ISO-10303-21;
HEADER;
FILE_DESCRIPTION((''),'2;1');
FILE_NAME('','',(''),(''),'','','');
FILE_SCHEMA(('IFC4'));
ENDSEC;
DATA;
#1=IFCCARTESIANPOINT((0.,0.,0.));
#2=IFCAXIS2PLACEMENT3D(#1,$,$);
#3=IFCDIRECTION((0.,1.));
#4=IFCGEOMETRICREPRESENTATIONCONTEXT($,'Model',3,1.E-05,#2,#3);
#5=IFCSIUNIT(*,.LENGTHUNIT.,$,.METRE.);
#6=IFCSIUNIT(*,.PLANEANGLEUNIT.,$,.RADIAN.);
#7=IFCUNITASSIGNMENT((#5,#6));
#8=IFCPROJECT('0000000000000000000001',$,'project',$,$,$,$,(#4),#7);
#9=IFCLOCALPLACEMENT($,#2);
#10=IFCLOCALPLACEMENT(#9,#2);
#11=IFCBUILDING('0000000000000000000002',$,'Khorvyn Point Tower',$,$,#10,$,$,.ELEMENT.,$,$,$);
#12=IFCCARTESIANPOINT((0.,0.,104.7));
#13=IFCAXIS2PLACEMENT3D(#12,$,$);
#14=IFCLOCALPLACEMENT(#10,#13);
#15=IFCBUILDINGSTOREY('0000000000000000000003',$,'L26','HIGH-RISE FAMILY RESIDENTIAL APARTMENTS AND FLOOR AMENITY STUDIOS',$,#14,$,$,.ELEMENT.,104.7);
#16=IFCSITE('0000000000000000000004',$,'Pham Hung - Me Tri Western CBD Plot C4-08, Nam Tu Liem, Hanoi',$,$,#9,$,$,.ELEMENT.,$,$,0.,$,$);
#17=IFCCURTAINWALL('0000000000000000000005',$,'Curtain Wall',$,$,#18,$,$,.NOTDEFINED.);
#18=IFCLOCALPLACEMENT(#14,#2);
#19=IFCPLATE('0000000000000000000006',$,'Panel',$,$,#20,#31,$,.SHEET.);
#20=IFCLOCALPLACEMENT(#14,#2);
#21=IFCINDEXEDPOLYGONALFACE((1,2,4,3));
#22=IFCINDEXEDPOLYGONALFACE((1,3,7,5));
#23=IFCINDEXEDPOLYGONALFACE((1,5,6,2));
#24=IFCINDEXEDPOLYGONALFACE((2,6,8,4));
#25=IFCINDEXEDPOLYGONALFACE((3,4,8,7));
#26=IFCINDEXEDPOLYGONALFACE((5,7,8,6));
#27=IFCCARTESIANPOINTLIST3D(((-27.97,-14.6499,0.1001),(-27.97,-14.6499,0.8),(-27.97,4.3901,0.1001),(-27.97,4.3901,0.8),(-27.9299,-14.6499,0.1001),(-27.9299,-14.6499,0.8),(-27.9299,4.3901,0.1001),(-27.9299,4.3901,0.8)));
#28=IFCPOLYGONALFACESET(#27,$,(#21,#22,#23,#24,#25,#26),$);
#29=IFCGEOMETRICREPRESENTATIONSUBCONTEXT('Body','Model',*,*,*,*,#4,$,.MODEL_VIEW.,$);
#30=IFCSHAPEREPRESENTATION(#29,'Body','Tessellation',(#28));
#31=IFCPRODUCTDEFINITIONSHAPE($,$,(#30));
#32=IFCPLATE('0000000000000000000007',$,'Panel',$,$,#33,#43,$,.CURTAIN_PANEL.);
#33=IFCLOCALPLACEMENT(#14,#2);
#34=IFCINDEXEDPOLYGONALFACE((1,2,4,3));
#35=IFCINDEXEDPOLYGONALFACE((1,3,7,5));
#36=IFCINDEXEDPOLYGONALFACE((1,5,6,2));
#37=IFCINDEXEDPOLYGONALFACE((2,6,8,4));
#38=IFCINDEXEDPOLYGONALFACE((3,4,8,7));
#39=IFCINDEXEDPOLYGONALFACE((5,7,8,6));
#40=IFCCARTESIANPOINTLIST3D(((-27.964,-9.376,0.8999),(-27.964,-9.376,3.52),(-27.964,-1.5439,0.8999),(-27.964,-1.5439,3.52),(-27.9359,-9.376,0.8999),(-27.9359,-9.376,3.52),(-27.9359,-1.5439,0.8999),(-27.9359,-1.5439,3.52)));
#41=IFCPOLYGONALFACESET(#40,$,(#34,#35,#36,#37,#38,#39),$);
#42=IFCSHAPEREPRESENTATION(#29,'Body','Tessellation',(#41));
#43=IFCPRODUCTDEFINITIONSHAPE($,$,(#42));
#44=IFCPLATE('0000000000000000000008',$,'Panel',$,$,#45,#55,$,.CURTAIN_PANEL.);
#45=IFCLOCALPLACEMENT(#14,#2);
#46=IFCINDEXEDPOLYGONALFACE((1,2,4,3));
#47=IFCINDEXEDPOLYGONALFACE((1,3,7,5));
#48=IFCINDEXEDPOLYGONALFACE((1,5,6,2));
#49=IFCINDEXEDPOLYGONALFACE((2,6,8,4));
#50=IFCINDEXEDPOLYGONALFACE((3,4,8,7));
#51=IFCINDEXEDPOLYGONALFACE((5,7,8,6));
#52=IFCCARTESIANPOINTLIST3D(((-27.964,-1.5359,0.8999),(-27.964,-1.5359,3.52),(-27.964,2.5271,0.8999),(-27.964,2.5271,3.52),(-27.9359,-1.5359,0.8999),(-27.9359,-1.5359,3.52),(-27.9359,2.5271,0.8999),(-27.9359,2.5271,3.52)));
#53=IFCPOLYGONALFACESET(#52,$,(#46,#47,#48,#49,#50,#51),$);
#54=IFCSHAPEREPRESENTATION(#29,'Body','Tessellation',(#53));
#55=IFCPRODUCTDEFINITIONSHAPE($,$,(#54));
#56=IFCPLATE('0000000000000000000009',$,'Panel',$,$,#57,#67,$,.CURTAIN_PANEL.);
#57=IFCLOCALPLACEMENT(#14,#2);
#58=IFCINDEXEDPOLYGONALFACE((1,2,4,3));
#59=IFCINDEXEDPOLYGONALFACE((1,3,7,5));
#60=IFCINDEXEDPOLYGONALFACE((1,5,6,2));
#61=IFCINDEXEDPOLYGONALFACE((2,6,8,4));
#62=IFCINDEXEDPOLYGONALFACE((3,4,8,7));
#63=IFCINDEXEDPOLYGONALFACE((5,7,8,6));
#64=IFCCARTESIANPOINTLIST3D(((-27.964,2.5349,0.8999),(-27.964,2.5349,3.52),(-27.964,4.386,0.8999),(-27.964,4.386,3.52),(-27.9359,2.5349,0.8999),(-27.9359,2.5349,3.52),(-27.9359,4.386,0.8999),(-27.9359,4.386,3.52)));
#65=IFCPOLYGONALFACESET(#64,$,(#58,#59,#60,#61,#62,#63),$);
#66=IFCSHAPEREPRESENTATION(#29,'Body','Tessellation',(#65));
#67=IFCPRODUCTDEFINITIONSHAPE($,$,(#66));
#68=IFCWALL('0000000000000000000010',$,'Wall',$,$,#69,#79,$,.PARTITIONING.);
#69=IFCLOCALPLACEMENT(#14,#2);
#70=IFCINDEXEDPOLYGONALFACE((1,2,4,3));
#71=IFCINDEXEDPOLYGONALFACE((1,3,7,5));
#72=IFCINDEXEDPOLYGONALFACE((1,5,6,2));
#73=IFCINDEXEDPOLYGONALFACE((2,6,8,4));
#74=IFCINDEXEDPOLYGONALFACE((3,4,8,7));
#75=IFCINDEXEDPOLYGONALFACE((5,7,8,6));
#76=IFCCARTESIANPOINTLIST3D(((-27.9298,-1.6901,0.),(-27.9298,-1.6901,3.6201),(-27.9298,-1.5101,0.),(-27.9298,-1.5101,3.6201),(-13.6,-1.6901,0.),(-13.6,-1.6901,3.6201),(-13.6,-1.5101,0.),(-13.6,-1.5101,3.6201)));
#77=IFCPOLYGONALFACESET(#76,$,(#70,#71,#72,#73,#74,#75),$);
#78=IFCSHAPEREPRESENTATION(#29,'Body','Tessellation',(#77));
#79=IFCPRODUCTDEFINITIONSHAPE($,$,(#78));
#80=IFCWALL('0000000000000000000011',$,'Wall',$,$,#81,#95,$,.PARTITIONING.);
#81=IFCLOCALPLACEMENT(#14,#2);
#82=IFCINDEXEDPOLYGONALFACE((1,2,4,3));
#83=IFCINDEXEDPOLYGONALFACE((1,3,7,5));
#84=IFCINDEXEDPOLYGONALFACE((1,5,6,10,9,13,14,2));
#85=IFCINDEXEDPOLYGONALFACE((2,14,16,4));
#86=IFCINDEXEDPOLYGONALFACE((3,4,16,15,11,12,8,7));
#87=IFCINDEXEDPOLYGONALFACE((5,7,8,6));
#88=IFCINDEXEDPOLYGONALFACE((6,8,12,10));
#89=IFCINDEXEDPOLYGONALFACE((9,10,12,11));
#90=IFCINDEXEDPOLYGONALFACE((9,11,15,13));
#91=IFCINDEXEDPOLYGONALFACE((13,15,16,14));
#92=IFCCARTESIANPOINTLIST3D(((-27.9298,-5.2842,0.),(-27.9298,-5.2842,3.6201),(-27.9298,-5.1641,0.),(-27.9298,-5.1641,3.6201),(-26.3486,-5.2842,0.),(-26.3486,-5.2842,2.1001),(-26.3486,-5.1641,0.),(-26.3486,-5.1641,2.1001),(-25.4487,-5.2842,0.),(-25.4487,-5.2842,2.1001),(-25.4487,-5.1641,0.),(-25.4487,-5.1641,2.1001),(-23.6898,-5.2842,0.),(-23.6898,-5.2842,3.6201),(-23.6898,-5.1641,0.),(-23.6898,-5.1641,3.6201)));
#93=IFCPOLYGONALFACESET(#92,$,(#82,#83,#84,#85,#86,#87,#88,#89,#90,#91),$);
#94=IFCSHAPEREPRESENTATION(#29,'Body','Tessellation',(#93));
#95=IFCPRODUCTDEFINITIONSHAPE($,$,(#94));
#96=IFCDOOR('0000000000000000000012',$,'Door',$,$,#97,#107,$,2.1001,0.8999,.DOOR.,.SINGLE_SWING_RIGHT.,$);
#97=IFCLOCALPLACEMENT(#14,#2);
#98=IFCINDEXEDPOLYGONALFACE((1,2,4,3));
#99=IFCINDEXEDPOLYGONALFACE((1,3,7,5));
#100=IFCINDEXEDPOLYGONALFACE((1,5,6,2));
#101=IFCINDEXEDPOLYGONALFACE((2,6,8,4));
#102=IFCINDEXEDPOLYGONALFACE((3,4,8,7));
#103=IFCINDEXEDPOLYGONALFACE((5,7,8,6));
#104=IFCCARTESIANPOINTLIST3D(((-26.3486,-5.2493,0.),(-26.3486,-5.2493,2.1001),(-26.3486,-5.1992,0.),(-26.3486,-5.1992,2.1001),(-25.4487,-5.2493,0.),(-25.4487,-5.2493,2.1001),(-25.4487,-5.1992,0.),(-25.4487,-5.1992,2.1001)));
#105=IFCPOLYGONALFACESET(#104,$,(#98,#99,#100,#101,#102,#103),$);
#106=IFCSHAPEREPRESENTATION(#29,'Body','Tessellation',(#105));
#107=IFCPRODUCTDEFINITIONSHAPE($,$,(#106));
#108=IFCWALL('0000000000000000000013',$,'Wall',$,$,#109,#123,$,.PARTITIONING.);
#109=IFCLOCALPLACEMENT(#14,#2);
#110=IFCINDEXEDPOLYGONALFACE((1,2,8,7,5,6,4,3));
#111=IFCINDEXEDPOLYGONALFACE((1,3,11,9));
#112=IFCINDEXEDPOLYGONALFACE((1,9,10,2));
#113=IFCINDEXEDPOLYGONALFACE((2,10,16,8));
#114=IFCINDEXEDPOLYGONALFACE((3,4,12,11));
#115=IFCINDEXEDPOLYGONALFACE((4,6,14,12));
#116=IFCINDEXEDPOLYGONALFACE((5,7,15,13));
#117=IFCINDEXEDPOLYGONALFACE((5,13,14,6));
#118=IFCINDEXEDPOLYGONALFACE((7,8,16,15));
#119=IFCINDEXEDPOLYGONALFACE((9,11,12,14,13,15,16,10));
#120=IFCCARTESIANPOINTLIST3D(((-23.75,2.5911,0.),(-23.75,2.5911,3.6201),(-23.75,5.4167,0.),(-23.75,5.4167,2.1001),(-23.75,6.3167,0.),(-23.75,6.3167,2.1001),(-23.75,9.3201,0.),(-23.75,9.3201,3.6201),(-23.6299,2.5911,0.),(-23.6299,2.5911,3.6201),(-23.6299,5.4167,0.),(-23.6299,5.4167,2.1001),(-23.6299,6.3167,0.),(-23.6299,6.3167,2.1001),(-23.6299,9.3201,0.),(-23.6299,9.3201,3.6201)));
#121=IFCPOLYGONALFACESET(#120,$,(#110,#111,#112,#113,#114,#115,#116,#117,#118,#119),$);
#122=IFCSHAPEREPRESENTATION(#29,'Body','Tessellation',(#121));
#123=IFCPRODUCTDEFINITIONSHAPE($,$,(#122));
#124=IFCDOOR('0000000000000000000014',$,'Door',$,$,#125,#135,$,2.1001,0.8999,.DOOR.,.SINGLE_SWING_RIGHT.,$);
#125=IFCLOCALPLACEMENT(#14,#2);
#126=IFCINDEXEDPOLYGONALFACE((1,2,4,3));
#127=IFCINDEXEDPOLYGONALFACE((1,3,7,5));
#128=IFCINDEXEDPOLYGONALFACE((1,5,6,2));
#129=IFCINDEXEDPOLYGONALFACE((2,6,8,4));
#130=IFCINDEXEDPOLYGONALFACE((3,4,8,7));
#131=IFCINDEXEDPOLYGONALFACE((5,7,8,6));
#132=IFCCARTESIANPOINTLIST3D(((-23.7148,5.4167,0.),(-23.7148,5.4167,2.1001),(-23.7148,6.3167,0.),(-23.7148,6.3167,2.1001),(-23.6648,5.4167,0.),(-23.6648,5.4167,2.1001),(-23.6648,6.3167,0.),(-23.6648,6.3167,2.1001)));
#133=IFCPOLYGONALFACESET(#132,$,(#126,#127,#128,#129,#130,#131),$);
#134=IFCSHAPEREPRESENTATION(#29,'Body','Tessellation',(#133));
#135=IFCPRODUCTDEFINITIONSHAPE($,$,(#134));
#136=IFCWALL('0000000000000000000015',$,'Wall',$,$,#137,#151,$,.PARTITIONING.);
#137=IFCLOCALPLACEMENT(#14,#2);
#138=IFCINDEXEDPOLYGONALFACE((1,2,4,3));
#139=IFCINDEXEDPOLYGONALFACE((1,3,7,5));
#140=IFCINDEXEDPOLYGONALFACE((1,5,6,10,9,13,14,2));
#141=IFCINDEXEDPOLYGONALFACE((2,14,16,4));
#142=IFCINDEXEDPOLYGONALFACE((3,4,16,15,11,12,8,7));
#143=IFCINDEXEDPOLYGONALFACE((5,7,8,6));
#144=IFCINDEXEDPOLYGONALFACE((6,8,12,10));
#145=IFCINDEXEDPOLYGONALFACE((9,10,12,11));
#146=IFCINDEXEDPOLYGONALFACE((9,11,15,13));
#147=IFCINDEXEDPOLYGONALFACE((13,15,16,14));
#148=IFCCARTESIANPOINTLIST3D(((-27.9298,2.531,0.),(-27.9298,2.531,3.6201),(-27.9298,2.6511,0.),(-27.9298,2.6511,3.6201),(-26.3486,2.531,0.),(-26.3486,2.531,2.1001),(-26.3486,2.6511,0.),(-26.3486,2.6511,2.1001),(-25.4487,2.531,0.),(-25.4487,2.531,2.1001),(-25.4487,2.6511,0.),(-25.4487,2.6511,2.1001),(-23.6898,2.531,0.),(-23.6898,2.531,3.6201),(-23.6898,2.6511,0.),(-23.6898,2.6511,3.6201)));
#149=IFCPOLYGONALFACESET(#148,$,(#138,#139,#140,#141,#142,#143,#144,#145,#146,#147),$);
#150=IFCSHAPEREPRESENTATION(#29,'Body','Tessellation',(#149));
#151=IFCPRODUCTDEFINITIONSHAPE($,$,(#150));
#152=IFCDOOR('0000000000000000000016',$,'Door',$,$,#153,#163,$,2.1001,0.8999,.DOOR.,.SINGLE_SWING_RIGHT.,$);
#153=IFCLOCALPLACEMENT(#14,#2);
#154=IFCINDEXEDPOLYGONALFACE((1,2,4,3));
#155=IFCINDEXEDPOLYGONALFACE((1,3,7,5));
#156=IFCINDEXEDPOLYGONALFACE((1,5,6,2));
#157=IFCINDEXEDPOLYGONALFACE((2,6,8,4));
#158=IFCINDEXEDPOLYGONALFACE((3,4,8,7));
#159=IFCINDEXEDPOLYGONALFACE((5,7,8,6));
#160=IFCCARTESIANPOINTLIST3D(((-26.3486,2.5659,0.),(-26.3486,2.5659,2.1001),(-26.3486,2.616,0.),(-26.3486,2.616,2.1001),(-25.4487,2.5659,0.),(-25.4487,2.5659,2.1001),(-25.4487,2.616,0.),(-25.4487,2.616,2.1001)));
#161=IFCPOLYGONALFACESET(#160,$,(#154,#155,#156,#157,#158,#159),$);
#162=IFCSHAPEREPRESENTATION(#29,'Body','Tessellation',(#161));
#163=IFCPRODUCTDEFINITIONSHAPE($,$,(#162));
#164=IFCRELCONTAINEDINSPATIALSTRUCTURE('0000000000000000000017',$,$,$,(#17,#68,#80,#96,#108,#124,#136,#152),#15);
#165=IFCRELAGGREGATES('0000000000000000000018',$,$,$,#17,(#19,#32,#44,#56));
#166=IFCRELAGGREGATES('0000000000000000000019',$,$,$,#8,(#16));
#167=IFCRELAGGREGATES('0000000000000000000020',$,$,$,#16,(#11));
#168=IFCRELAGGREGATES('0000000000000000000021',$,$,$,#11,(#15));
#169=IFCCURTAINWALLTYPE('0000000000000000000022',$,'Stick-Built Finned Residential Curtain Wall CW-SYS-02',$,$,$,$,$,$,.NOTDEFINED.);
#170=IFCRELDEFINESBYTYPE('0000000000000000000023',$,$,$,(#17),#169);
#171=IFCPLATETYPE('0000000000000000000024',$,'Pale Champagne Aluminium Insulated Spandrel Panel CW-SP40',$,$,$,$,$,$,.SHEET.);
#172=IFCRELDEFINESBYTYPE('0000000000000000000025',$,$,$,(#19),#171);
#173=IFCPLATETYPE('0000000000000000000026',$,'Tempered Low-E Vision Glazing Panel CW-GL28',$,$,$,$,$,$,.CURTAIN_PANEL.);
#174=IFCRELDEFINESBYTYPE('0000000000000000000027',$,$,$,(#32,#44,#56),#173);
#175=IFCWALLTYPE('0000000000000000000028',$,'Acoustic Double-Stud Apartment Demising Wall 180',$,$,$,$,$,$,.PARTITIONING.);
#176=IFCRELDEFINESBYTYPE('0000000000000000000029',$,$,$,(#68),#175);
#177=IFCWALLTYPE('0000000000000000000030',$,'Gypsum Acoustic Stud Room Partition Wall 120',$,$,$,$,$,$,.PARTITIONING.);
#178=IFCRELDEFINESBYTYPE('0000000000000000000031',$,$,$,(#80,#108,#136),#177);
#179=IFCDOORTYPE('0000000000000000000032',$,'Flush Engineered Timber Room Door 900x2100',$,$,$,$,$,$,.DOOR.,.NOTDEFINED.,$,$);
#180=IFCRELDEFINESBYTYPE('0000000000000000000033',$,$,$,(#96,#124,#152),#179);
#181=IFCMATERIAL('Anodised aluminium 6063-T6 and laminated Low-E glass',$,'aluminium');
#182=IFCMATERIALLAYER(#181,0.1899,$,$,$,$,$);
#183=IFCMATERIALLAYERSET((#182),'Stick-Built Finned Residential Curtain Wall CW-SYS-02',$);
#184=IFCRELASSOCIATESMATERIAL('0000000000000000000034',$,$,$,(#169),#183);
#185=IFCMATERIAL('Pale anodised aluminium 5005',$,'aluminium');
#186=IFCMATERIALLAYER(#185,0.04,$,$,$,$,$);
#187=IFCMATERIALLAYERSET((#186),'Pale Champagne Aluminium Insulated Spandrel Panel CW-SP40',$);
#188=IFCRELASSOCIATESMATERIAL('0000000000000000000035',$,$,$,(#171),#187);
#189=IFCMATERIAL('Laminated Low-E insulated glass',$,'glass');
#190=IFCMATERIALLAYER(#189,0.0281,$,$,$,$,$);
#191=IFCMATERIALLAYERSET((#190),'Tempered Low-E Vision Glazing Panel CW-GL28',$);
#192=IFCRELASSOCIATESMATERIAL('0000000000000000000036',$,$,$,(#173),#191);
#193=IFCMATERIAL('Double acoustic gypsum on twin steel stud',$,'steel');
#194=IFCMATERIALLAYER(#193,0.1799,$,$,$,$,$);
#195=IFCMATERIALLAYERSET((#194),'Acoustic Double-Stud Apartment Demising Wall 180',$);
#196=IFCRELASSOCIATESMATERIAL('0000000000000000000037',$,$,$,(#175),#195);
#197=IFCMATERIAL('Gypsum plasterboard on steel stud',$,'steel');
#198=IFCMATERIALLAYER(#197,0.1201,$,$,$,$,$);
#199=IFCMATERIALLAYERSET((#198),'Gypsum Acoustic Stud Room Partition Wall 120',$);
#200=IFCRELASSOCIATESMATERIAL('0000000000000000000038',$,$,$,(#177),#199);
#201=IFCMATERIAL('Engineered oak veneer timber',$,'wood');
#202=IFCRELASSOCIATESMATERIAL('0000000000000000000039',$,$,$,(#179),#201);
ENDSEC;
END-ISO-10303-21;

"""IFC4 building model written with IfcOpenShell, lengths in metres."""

from ifc_helpers import new_model, si_unit, direction, frame, frame_2d, origin, origin_2d, place, context, subcontext, project, spatial, rectangle, extrude, material, layer, layer_set, type_object, element, fill, aggregate, save


model = new_model("IFC4")

# Units and contexts
model_context = context("Model", 3, precision=1e-05, world=origin(), true_north=direction((0.0, 1.0)))
body_context = subcontext(model_context, "Body", "Model", "MODEL_VIEW")
ifc_project = project(units=[si_unit("LENGTHUNIT", "METRE"), si_unit("PLANEANGLEUNIT", "RADIAN")], contexts=[model_context])

# Site, building, storey
site_placement = place(None, origin())
site = spatial("IfcSite", under=ifc_project, at=site_placement, Name="Pham Hung - Me Tri Western CBD Plot C4-08, Nam Tu Liem, Hanoi", CompositionType="ELEMENT", RefElevation=0.0)
building_placement = place(site_placement, origin())
building = spatial("IfcBuilding", under=site, at=building_placement, Name="Khorvyn Point Tower", CompositionType="ELEMENT")
storey_placement = place(building_placement, frame((0.0, 0.0, 104.7)))
storey = spatial("IfcBuildingStorey", under=building, at=storey_placement, Name="L26", Description="HIGH-RISE FAMILY RESIDENTIAL APARTMENTS AND FLOOR AMENITY STUDIOS", CompositionType="ELEMENT", Elevation=104.7)

# Curtain wall, plates
ifc_material_1 = material(Name="Anodised aluminium 6063-T6 and laminated Low-E glass", Category="aluminium")
ifc_layer_1 = layer(ifc_material_1, 0.1899)
ifc_layer_set_1 = layer_set([ifc_layer_1], Name="Stick-Built Finned Residential Curtain Wall CW-SYS-02")
curtain_wall_type = type_object("IfcCurtainWallType", Name="Stick-Built Finned Residential Curtain Wall CW-SYS-02", PredefinedType="NOTDEFINED", material=ifc_layer_set_1)
curtain_wall_placement = place(storey_placement, origin())
curtain_wall = element("IfcCurtainWall", 1, at=curtain_wall_placement, inside=storey, type_object=curtain_wall_type, Name="Curtain Wall", PredefinedType="NOTDEFINED")
ifc_material_2 = material(Name="Pale anodised aluminium 5005", Category="aluminium")
ifc_layer_2 = layer(ifc_material_2, 0.04)
ifc_layer_set_2 = layer_set([ifc_layer_2], Name="Pale Champagne Aluminium Insulated Spandrel Panel CW-SP40")
plate_type_1 = type_object("IfcPlateType", Name="Pale Champagne Aluminium Insulated Spandrel Panel CW-SP40", PredefinedType="SHEET", material=ifc_layer_set_2)
plate_1_placement = place(storey_placement, frame((-27.95, -5.1299, 0.1001), z_axis=(0.0, 0.0, 1.0), x_axis=(0.0, 1.0, 0.0)))
plate_1 = element("IfcPlate", 2, at=plate_1_placement, type_object=plate_type_1, Name="Panel", PredefinedType="SHEET", context=body_context, shape_type="SweptSolid", body=[
    extrude(rectangle(XDim=19.04, YDim=0.04, at=origin_2d()), origin(), (0.0, 0.0, 1.0), 0.7),
])
ifc_material_3 = material(Name="Laminated Low-E insulated glass", Category="glass")
ifc_layer_3 = layer(ifc_material_3, 0.0281)
ifc_layer_set_3 = layer_set([ifc_layer_3], Name="Tempered Low-E Vision Glazing Panel CW-GL28")
plate_type_2 = type_object("IfcPlateType", Name="Tempered Low-E Vision Glazing Panel CW-GL28", PredefinedType="CURTAIN_PANEL", material=ifc_layer_set_3)
plate_2_placement = place(storey_placement, frame((-27.95, -5.46, 0.8999), z_axis=(0.0, 0.0, 1.0), x_axis=(0.0, 1.0, 0.0)))
plate_2 = element("IfcPlate", 3, at=plate_2_placement, type_object=plate_type_2, Name="Panel", PredefinedType="CURTAIN_PANEL", context=body_context, shape_type="SweptSolid", body=[
    extrude(rectangle(XDim=7.832, YDim=0.0281, at=origin_2d()), origin(), (0.0, 0.0, 1.0), 2.6201),
])
plate_3_placement = place(storey_placement, frame((-27.95, 0.4956, 0.8999), z_axis=(0.0, 0.0, 1.0), x_axis=(0.0, 1.0, 0.0)))
plate_3 = element("IfcPlate", 4, at=plate_3_placement, type_object=plate_type_2, Name="Panel", PredefinedType="CURTAIN_PANEL", context=body_context, shape_type="SweptSolid", body=[
    extrude(rectangle(XDim=4.063, YDim=0.0281, at=origin_2d()), origin(), (0.0, 0.0, 1.0), 2.6201),
])
plate_4_placement = place(storey_placement, frame((-27.95, 3.4604, 0.8999), z_axis=(0.0, 0.0, 1.0), x_axis=(0.0, 1.0, 0.0)))
plate_4 = element("IfcPlate", 5, at=plate_4_placement, type_object=plate_type_2, Name="Panel", PredefinedType="CURTAIN_PANEL", context=body_context, shape_type="SweptSolid", body=[
    extrude(rectangle(XDim=1.8511, YDim=0.0281, at=origin_2d()), origin(), (0.0, 0.0, 1.0), 2.6201),
])
aggregate(curtain_wall, [plate_1, plate_2, plate_3, plate_4])

# Wall
ifc_material_4 = material(Name="Double acoustic gypsum on twin steel stud", Category="steel")
ifc_layer_4 = layer(ifc_material_4, 0.1799)
ifc_layer_set_4 = layer_set([ifc_layer_4], Name="Acoustic Double-Stud Apartment Demising Wall 180")
wall_type_1 = type_object("IfcWallType", Name="Acoustic Double-Stud Apartment Demising Wall 180", PredefinedType="PARTITIONING", material=ifc_layer_set_4)
wall_1_placement = place(storey_placement, frame((-27.9299, -1.6001, 0.0), z_axis=(0.0, 0.0, 1.0), x_axis=(1.0, 0.0, 0.0)))
element("IfcWall", 6, at=wall_1_placement, inside=storey, type_object=wall_type_1, Name="Wall", PredefinedType="PARTITIONING", context=body_context, shape_type="SweptSolid", body=[
    extrude(rectangle(XDim=14.3298, YDim=0.1799, at=frame_2d((7.165, 0.0))), origin(), (0.0, 0.0, 1.0), 3.6201),
])

# Walls, openings, doors
ifc_material_5 = material(Name="Gypsum plasterboard on steel stud", Category="steel")
ifc_layer_5 = layer(ifc_material_5, 0.1201)
ifc_layer_set_5 = layer_set([ifc_layer_5], Name="Gypsum Acoustic Stud Room Partition Wall 120")
wall_type_2 = type_object("IfcWallType", Name="Gypsum Acoustic Stud Room Partition Wall 120", PredefinedType="PARTITIONING", material=ifc_layer_set_5)
wall_2_placement = place(storey_placement, frame((-27.9299, -5.2241, 0.0), z_axis=(0.0, 0.0, 1.0), x_axis=(1.0, 0.0, 0.0)))
wall_2 = element("IfcWall", 7, at=wall_2_placement, inside=storey, type_object=wall_type_2, Name="Wall", PredefinedType="PARTITIONING", context=body_context, shape_type="SweptSolid", body=[
    extrude(rectangle(XDim=4.24, YDim=0.1201, at=frame_2d((2.1201, 0.0))), origin(), (0.0, 0.0, 1.0), 3.6201),
])
opening_1_placement = place(wall_2_placement, frame((1.5813, 0.0, 0.0)))
opening_1 = element("IfcOpeningElement", 8, at=opening_1_placement, cuts=wall_2, PredefinedType="OPENING", context=body_context, shape_type="SweptSolid", body=[
    extrude(rectangle(XDim=0.8999, YDim=2.1001, at=frame_2d((0.45, 1.05))), frame((0.0, 0.0701, 0.0), z_axis=(0.0, -1.0, 0.0), x_axis=(1.0, 0.0, 0.0)), (0.0, 0.0, 1.0), 0.1401),
])
ifc_material_6 = material(Name="Engineered oak veneer timber", Category="wood")
door_type_1 = type_object("IfcDoorType", Name="Flush Engineered Timber Room Door 900x2100", OperationType="NOTDEFINED", PredefinedType="DOOR", material=ifc_material_6)
door_1_placement = place(opening_1_placement, origin())
door_1 = element("IfcDoor", 9, at=door_1_placement, inside=storey, type_object=door_type_1, Name="Door", OperationType="SINGLE_SWING_RIGHT", OverallHeight=2.1001, OverallWidth=0.8999, PredefinedType="DOOR", context=body_context, shape_type="SweptSolid", body=[
    extrude(rectangle(XDim=0.8999, YDim=2.1001, at=frame_2d((0.45, 1.05))), frame((0.0, 0.0249, 0.0), z_axis=(0.0, -1.0, 0.0), x_axis=(1.0, 0.0, 0.0)), (0.0, 0.0, 1.0), 0.05),
])
fill(opening_1, door_1)
wall_3_placement = place(storey_placement, frame((-23.6899, 2.5911, 0.0), z_axis=(0.0, 0.0, 1.0), x_axis=(0.0, 1.0, 0.0)))
wall_3 = element("IfcWall", 10, at=wall_3_placement, inside=storey, type_object=wall_type_2, Name="Wall", PredefinedType="PARTITIONING", context=body_context, shape_type="SweptSolid", body=[
    extrude(rectangle(XDim=6.729, YDim=0.1201, at=frame_2d((3.3645, 0.0))), origin(), (0.0, 0.0, 1.0), 3.6201),
])
opening_2_placement = place(wall_3_placement, frame((2.8257, 0.0, 0.0)))
opening_2 = element("IfcOpeningElement", 11, at=opening_2_placement, cuts=wall_3, PredefinedType="OPENING", context=body_context, shape_type="SweptSolid", body=[
    extrude(rectangle(XDim=0.8999, YDim=2.1001, at=frame_2d((0.45, 1.05))), frame((0.0, 0.0701, 0.0), z_axis=(0.0, -1.0, 0.0), x_axis=(1.0, 0.0, 0.0)), (0.0, 0.0, 1.0), 0.1401),
])
door_2_placement = place(opening_2_placement, origin())
door_2 = element("IfcDoor", 12, at=door_2_placement, inside=storey, type_object=door_type_1, Name="Door", OperationType="SINGLE_SWING_RIGHT", OverallHeight=2.1001, OverallWidth=0.8999, PredefinedType="DOOR", context=body_context, shape_type="SweptSolid", body=[
    extrude(rectangle(XDim=0.8999, YDim=2.1001, at=frame_2d((0.45, 1.05))), frame((0.0, 0.0249, 0.0), z_axis=(0.0, -1.0, 0.0), x_axis=(1.0, 0.0, 0.0)), (0.0, 0.0, 1.0), 0.05),
])
fill(opening_2, door_2)
wall_4_placement = place(storey_placement, frame((-27.9299, 2.5911, 0.0), z_axis=(0.0, 0.0, 1.0), x_axis=(1.0, 0.0, 0.0)))
wall_4 = element("IfcWall", 13, at=wall_4_placement, inside=storey, type_object=wall_type_2, Name="Wall", PredefinedType="PARTITIONING", context=body_context, shape_type="SweptSolid", body=[
    extrude(rectangle(XDim=4.24, YDim=0.1201, at=frame_2d((2.1201, 0.0))), origin(), (0.0, 0.0, 1.0), 3.6201),
])
opening_3_placement = place(wall_4_placement, frame((1.5813, 0.0, 0.0)))
opening_3 = element("IfcOpeningElement", 14, at=opening_3_placement, cuts=wall_4, PredefinedType="OPENING", context=body_context, shape_type="SweptSolid", body=[
    extrude(rectangle(XDim=0.8999, YDim=2.1001, at=frame_2d((0.45, 1.05))), frame((0.0, 0.0701, 0.0), z_axis=(0.0, -1.0, 0.0), x_axis=(1.0, 0.0, 0.0)), (0.0, 0.0, 1.0), 0.1401),
])
door_3_placement = place(opening_3_placement, origin())
door_3 = element("IfcDoor", 15, at=door_3_placement, inside=storey, type_object=door_type_1, Name="Door", OperationType="SINGLE_SWING_RIGHT", OverallHeight=2.1001, OverallWidth=0.8999, PredefinedType="DOOR", context=body_context, shape_type="SweptSolid", body=[
    extrude(rectangle(XDim=0.8999, YDim=2.1001, at=frame_2d((0.45, 1.05))), frame((0.0, 0.0249, 0.0), z_axis=(0.0, -1.0, 0.0), x_axis=(1.0, 0.0, 0.0)), (0.0, 0.0, 1.0), 0.05),
])
fill(opening_3, door_3)

save(model, "model.ifc")
